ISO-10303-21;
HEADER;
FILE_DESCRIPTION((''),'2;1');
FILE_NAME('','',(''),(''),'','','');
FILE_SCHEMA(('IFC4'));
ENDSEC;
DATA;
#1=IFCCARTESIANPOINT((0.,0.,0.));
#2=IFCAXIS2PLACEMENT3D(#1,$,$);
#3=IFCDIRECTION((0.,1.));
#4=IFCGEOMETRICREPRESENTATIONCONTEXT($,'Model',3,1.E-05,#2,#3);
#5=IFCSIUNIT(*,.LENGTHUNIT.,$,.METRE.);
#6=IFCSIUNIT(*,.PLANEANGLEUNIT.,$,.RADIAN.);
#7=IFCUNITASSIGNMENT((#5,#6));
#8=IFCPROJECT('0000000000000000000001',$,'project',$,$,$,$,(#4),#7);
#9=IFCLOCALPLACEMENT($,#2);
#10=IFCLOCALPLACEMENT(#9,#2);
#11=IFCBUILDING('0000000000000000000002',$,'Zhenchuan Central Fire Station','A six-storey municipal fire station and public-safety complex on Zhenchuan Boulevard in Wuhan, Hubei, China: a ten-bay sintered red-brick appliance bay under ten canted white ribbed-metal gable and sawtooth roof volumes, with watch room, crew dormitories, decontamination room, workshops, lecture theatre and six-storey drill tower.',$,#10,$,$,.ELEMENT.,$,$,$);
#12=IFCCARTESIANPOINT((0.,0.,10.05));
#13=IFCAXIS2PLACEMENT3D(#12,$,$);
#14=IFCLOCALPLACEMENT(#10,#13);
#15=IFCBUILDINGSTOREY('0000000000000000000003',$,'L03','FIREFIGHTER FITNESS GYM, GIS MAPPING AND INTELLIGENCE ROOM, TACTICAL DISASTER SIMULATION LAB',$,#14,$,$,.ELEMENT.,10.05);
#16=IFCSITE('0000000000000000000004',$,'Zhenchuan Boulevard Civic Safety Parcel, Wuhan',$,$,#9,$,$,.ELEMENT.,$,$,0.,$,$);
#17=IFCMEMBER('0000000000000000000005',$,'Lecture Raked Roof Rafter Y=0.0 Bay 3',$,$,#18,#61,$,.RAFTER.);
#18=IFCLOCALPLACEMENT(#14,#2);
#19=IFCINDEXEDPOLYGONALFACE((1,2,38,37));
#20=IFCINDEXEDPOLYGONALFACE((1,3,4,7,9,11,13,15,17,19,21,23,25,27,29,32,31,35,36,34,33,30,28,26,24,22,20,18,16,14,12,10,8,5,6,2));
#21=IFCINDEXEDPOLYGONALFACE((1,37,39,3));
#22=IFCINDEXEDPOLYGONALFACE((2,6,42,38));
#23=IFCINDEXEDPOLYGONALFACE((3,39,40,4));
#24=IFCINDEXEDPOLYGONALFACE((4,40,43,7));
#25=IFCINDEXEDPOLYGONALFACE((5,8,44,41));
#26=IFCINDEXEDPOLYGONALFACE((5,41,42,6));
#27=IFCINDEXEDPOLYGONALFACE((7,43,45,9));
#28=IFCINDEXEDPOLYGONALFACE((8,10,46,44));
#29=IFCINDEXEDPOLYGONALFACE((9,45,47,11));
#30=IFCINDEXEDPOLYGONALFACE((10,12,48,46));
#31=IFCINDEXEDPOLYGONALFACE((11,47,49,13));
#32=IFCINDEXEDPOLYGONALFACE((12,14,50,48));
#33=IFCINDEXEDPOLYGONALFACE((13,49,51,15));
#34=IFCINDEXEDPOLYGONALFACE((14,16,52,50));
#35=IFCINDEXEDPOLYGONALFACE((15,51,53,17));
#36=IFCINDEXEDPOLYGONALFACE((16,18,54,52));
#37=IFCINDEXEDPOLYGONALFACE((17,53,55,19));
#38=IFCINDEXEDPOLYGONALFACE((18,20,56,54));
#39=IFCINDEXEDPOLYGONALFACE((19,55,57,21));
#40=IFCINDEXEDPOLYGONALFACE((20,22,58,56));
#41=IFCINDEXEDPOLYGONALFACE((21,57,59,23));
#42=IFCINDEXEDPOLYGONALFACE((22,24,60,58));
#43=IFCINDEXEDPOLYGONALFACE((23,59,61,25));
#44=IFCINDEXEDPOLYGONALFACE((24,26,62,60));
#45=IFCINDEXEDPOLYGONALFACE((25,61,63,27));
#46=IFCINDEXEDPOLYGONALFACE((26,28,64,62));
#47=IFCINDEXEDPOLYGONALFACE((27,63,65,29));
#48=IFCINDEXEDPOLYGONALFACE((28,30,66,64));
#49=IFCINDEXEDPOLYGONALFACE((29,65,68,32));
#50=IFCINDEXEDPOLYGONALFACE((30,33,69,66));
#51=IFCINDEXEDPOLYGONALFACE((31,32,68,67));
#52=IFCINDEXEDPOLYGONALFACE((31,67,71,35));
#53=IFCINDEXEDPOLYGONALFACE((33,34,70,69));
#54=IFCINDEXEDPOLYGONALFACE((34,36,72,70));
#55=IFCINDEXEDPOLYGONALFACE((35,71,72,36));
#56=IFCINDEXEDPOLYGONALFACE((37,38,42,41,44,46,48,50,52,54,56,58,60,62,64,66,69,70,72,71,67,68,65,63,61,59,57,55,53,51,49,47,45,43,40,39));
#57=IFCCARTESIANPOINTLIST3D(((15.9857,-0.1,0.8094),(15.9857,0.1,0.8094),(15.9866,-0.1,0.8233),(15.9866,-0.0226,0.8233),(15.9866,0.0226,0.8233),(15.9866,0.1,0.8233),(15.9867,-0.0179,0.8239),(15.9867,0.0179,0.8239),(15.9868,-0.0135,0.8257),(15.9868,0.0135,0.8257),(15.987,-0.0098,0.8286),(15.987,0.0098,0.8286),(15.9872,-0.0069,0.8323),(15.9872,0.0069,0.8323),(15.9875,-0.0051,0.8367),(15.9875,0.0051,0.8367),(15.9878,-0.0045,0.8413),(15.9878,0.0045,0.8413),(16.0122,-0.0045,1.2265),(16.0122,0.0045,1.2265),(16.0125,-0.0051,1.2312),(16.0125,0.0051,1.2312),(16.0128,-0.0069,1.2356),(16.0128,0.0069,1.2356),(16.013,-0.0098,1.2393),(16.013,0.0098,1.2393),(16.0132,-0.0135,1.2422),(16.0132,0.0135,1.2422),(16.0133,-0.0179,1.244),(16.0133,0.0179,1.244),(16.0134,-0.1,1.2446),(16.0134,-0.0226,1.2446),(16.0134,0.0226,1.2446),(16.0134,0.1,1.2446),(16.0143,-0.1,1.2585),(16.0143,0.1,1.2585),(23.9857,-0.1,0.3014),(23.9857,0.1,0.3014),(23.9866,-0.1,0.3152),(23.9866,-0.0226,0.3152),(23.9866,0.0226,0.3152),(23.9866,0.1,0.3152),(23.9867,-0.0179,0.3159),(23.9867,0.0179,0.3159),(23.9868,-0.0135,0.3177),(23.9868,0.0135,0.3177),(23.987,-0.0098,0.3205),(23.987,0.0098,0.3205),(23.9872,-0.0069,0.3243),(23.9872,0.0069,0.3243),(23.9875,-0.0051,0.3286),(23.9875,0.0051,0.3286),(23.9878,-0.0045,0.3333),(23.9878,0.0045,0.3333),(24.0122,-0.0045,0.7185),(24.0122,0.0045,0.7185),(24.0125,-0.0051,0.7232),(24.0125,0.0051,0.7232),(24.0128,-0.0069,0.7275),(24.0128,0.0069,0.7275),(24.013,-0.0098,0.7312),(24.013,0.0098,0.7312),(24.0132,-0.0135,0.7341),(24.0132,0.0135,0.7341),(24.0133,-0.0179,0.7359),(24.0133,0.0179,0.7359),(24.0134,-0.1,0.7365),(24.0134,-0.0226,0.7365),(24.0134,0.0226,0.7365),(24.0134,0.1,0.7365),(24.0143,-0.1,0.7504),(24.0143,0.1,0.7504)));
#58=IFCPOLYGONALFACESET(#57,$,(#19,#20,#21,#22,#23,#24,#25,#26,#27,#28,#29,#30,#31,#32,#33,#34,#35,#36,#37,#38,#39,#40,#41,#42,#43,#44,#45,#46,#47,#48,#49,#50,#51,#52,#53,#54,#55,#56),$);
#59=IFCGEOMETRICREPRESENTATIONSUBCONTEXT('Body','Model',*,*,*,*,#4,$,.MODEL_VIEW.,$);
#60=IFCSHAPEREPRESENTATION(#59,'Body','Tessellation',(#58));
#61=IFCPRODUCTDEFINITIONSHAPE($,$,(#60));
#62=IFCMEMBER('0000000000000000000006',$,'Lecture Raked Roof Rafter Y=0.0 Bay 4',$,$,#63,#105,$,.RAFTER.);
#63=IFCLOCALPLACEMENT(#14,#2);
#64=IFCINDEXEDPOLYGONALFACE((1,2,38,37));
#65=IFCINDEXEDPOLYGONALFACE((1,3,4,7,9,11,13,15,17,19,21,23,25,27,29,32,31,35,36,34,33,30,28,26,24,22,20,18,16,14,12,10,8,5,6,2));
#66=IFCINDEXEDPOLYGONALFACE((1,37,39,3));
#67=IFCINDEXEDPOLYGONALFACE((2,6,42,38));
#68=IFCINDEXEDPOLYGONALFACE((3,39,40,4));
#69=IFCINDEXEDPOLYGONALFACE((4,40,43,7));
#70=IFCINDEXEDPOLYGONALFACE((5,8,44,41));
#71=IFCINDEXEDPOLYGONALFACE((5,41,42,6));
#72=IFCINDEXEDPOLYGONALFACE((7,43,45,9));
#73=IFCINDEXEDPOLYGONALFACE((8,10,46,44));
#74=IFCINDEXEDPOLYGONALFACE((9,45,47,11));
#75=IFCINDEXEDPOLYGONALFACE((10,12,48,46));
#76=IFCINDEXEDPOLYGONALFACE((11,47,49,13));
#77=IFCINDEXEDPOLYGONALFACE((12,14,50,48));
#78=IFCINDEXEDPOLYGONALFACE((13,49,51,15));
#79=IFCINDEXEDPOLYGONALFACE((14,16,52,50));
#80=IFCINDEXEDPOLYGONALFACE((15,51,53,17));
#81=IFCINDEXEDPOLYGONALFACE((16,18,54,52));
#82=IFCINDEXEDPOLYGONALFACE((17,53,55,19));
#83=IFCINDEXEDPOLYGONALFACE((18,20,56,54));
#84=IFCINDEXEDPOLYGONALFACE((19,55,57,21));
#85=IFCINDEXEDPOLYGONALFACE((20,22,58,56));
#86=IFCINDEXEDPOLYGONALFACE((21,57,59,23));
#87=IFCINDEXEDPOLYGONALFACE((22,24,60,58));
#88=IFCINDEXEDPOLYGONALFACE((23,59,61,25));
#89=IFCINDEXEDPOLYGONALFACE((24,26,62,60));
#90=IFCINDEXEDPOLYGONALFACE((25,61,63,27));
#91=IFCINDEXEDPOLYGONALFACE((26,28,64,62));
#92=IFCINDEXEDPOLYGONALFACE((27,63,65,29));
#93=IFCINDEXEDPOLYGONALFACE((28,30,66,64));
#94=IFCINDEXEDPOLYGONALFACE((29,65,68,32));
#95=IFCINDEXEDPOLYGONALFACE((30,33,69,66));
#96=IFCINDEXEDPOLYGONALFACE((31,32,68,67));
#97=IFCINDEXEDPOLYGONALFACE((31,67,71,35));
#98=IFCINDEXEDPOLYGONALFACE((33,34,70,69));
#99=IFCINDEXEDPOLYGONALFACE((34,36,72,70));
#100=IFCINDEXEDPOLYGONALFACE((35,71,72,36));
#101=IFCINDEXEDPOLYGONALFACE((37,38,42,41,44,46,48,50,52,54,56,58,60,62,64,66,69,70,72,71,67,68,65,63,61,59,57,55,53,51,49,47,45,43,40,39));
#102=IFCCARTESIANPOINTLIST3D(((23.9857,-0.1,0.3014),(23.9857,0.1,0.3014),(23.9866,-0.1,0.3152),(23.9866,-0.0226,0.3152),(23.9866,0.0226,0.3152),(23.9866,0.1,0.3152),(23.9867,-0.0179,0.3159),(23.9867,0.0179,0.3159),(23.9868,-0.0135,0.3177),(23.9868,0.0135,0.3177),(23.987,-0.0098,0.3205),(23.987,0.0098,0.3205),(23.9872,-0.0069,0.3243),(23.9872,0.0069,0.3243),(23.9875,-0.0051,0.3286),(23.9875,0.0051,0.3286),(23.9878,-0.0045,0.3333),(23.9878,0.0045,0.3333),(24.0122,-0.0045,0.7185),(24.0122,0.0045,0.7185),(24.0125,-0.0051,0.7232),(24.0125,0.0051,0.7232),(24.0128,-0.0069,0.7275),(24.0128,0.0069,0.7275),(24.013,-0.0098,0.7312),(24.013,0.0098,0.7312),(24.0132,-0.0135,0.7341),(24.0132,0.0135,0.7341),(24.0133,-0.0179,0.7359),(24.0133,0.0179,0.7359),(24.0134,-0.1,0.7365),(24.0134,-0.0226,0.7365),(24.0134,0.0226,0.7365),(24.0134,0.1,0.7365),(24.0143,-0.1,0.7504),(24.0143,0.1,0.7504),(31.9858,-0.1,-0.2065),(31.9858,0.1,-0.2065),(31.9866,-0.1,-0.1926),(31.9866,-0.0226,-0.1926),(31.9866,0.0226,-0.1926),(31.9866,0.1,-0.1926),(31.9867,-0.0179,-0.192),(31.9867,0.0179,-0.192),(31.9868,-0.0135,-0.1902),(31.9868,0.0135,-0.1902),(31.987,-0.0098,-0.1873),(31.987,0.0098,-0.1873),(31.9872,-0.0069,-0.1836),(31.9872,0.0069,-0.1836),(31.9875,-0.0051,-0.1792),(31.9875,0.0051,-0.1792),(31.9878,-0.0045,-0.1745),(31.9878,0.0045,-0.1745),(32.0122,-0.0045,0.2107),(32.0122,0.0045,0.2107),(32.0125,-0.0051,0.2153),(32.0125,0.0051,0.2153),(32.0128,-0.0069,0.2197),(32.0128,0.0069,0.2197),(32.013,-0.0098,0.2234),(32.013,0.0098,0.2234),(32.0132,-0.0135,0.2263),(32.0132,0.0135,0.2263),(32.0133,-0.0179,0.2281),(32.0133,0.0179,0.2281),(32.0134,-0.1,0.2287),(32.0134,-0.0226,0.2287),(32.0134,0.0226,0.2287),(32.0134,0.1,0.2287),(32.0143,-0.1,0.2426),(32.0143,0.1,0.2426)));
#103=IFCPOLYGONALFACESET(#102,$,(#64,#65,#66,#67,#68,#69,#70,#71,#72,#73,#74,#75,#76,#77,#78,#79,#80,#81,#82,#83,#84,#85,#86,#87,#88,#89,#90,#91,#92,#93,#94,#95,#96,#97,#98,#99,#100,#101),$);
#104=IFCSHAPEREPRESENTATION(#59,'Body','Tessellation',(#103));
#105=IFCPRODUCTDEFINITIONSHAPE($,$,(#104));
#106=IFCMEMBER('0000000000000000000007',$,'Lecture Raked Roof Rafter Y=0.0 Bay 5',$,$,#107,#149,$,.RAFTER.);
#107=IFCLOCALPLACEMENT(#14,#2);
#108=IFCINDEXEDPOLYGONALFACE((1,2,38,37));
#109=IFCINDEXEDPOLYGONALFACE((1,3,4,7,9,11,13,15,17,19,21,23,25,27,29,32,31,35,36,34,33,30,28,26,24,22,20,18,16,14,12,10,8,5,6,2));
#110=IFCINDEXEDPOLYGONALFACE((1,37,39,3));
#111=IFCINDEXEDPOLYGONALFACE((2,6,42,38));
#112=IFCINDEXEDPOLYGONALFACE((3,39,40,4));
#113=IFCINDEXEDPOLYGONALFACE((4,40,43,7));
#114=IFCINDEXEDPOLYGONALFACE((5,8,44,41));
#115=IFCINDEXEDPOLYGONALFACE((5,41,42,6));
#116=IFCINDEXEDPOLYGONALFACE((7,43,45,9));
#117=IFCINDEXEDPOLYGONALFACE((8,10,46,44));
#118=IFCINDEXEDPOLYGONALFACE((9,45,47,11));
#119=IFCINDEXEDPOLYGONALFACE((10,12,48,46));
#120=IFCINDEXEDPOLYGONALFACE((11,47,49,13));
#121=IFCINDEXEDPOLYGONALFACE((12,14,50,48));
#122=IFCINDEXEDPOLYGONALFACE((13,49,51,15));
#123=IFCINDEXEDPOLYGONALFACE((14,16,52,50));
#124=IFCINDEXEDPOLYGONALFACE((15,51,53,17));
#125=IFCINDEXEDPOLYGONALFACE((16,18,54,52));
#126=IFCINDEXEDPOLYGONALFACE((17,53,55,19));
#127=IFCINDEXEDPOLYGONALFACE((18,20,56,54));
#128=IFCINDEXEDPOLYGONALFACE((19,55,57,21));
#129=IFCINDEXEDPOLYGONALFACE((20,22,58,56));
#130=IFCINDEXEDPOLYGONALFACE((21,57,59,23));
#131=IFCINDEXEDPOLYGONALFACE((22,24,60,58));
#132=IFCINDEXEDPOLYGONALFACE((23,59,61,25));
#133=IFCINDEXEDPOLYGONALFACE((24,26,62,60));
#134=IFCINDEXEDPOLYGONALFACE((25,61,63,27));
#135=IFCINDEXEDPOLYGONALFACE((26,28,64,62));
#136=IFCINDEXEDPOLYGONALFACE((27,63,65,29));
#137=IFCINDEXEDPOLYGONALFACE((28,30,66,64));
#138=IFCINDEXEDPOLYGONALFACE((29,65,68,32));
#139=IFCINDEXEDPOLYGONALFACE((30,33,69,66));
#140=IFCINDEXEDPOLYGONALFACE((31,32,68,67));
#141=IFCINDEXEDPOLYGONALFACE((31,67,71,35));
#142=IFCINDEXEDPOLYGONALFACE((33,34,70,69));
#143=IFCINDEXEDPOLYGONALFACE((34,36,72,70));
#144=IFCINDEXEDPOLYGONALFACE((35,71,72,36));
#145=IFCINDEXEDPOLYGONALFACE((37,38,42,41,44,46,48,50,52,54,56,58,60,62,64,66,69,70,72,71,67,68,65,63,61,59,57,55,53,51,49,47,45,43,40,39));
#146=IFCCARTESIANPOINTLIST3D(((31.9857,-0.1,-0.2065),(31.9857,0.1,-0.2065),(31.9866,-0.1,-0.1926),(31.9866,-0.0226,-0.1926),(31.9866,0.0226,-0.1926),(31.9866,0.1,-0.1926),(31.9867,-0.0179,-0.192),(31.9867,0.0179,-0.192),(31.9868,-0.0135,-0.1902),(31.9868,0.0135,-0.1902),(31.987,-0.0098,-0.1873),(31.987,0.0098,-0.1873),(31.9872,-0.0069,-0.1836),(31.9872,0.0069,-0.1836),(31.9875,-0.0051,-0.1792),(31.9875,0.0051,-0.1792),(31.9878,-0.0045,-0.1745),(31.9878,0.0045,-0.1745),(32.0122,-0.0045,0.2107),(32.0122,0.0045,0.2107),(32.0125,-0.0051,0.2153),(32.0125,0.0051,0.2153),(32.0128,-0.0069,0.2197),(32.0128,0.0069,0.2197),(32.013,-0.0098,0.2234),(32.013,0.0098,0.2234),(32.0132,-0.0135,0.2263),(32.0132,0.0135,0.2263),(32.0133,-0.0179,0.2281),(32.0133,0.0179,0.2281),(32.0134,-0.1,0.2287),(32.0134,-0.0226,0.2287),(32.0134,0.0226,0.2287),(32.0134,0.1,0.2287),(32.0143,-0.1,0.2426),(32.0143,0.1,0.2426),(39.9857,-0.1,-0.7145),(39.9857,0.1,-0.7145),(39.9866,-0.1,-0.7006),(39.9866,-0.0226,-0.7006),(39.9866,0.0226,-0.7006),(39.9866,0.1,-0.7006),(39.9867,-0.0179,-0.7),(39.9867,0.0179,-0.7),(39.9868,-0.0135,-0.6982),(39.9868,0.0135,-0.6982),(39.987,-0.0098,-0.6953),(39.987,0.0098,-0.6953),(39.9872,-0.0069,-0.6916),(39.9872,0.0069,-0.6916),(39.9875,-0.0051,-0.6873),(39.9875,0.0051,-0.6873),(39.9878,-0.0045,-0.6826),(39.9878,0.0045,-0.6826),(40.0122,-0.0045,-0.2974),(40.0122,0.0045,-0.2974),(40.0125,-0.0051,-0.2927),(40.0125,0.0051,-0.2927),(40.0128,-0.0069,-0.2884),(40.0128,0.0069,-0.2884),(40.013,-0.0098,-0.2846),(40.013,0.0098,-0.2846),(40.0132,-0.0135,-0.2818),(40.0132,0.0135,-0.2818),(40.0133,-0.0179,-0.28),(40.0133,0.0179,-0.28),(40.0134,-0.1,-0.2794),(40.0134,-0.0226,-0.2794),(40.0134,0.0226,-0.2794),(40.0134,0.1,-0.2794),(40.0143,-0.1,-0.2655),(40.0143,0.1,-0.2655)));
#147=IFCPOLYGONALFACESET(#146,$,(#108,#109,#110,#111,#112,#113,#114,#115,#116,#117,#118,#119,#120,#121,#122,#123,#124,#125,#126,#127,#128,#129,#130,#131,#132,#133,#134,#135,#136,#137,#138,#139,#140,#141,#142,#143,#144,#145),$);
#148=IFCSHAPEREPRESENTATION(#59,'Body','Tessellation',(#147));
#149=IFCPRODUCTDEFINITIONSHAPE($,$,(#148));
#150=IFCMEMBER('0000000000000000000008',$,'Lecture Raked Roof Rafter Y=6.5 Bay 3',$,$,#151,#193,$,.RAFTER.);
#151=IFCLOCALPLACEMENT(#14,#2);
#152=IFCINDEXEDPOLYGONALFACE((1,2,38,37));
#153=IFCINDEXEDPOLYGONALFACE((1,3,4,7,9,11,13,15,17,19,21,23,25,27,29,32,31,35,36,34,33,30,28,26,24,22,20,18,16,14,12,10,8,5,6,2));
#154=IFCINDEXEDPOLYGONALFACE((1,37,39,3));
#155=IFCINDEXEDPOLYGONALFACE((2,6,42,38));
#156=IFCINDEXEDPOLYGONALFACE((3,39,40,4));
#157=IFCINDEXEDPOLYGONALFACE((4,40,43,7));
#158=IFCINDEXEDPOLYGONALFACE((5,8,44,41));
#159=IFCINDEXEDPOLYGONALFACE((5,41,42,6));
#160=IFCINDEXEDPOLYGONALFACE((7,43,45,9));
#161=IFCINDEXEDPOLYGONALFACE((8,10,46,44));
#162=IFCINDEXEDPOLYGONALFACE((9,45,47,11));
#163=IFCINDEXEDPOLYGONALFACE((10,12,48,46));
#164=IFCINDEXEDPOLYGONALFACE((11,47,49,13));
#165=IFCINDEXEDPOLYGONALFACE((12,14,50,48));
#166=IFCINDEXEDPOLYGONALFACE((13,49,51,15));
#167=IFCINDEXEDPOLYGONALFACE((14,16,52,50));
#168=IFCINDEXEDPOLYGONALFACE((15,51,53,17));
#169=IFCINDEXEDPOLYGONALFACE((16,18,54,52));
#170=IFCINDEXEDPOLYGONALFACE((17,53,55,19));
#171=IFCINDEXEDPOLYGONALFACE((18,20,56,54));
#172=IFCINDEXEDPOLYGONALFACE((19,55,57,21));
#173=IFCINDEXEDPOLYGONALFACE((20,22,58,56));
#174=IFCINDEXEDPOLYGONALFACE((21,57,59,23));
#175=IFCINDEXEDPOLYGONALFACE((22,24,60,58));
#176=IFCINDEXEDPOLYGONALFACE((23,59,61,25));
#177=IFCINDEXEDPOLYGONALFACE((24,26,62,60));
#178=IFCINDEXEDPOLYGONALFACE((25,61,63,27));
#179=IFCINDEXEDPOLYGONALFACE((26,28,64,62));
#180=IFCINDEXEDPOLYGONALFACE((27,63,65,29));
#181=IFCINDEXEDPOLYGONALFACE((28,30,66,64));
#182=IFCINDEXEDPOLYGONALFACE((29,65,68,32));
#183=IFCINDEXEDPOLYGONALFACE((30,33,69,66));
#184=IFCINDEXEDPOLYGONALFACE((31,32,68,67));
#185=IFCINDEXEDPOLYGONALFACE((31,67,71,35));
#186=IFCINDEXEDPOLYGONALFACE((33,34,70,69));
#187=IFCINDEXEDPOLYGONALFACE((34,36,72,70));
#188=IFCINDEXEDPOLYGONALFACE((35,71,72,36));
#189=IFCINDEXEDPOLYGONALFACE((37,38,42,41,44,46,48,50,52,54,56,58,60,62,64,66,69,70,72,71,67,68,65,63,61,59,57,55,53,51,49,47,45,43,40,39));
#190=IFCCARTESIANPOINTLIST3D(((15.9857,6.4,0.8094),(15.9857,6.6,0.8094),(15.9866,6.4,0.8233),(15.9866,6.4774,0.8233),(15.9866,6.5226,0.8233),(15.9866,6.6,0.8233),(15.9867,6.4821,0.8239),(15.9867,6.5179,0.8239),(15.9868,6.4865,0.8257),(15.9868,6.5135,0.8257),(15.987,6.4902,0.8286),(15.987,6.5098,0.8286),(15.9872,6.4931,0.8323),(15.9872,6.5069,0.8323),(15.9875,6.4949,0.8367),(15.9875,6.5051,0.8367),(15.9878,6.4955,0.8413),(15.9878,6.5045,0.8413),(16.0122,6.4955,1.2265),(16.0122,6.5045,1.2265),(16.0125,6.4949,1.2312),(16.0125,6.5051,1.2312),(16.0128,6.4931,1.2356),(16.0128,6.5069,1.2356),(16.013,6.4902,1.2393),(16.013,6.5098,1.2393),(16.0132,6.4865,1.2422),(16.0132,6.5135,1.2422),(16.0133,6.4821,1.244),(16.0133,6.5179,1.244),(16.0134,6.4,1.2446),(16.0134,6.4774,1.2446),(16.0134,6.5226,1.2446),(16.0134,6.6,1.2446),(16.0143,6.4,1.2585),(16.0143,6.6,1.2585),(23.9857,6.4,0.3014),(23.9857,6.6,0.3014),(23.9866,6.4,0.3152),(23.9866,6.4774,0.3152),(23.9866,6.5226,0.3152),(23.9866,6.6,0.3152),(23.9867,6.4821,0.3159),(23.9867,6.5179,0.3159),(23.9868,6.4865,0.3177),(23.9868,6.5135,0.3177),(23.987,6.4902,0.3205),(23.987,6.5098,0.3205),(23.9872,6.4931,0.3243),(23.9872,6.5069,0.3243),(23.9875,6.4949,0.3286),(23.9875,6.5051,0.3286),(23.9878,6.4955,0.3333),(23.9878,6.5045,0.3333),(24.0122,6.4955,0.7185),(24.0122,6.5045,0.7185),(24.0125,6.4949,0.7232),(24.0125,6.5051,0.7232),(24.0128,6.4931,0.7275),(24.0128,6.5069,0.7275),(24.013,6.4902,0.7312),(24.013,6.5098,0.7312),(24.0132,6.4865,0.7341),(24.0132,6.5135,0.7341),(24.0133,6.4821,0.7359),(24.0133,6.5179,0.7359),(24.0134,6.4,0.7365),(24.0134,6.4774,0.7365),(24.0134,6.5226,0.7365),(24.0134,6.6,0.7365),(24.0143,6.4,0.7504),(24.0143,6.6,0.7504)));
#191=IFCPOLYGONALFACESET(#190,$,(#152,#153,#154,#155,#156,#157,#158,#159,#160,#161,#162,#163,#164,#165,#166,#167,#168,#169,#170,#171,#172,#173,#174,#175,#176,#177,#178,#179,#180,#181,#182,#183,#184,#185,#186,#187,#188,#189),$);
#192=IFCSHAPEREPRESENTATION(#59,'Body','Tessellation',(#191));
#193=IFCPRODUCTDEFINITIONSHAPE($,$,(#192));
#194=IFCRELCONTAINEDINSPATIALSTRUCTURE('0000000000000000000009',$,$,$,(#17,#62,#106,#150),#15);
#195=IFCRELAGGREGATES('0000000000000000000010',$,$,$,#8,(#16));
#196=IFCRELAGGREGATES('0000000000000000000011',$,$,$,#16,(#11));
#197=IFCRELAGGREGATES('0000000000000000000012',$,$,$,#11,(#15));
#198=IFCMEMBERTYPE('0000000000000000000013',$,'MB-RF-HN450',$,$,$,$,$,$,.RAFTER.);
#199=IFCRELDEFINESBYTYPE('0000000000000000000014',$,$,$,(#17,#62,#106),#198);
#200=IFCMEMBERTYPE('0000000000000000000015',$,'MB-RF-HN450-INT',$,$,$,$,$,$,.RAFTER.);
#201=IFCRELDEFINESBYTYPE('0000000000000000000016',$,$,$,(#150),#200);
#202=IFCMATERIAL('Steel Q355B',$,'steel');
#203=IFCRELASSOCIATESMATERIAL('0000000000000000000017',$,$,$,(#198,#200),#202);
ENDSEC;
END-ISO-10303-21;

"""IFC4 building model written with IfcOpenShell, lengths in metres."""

from ifc_helpers import new_model, si_unit, direction, frame, origin, origin_2d, place, context, subcontext, project, spatial, i_section, extrude, material, material_profile, profile_set, type_object, element, save


model = new_model("IFC4")

# Units and contexts
model_context = context("Model", 3, precision=1e-05, world=origin(), true_north=direction((0.0, 1.0)))
body_context = subcontext(model_context, "Body", "Model", "MODEL_VIEW")
ifc_project = project(units=[si_unit("LENGTHUNIT", "METRE"), si_unit("PLANEANGLEUNIT", "RADIAN")], contexts=[model_context])

# Site, building, storey
site_placement = place(None, origin())
site = spatial("IfcSite", under=ifc_project, at=site_placement, Name="Zhenchuan Boulevard Civic Safety Parcel, Wuhan", CompositionType="ELEMENT", RefElevation=0.0)
building_placement = place(site_placement, origin())
building = spatial("IfcBuilding", under=site, at=building_placement, Name="Zhenchuan Central Fire Station", Description="A six-storey municipal fire station and public-safety complex on Zhenchuan Boulevard in Wuhan, Hubei, China: a ten-bay sintered red-brick appliance bay under ten canted white ribbed-metal gable and sawtooth roof volumes, with watch room, crew dormitories, decontamination room, workshops, lecture theatre and six-storey drill tower.", CompositionType="ELEMENT")
storey_placement = place(building_placement, frame((0.0, 0.0, 10.05)))
storey = spatial("IfcBuildingStorey", under=building, at=storey_placement, Name="L03", Description="FIREFIGHTER FITNESS GYM, GIS MAPPING AND INTELLIGENCE ROOM, TACTICAL DISASTER SIMULATION LAB", CompositionType="ELEMENT", Elevation=10.05)

# Shared definitions
ifc_material = material(Name="Steel Q355B", Category="steel")

# Members
ifc_material_profile_1 = material_profile(ifc_material, i_section(OverallWidth=0.2, OverallDepth=0.45, WebThickness=0.009, FlangeThickness=0.0139, FilletRadius=0.0181, at=origin_2d()), Name="HN 450x200")
ifc_profile_set_1 = profile_set([ifc_material_profile_1], Name="Steel Q355B")
member_type_1 = type_object("IfcMemberType", Name="MB-RF-HN450", PredefinedType="RAFTER", material=ifc_profile_set_1)
for number, where, z_axis, x_axis, name in (
    (1, (16.0, 0.0, 1.0339), (0.99799, 0.0, -0.063379), (0.0, 1.0, 0.0), "Lecture Raked Roof Rafter Y=0.0 Bay 3"),
    (2, (24.0, 0.0, 0.5259), (0.997991, 0.0, -0.063349), (0.0, 1.0, 0.0), "Lecture Raked Roof Rafter Y=0.0 Bay 4"),
    (3, (32.0, 0.0, 0.0181), (0.99799, 0.0, -0.063379), (0.0, 1.0, 0.0), "Lecture Raked Roof Rafter Y=0.0 Bay 5"),
):
    element("IfcMember", number, at=place(storey_placement, frame(where, z_axis=z_axis, x_axis=x_axis)), inside=storey, type_object=member_type_1, Name=name, PredefinedType="RAFTER", context=body_context, shape_type="SweptSolid", body=[
        extrude(i_section(OverallWidth=0.2, OverallDepth=0.45, WebThickness=0.009, FlangeThickness=0.0139, FilletRadius=0.0181, at=origin_2d()), origin(), (0.0, 0.0, 1.0), 8.0161),
    ])
ifc_material_profile_2 = material_profile(ifc_material, i_section(OverallWidth=0.2, OverallDepth=0.45, WebThickness=0.009, FlangeThickness=0.0139, FilletRadius=0.0181, at=origin_2d()), Name="HN 450x200")
ifc_profile_set_2 = profile_set([ifc_material_profile_2], Name="Steel Q355B")
member_type_2 = type_object("IfcMemberType", Name="MB-RF-HN450-INT", PredefinedType="RAFTER", material=ifc_profile_set_2)
for number, where, z_axis, x_axis, name in (
    (4, (16.0, 6.5, 1.0339), (0.99799, 0.0, -0.063379), (0.0, 1.0, 0.0), "Lecture Raked Roof Rafter Y=6.5 Bay 3"),
):
    element("IfcMember", number, at=place(storey_placement, frame(where, z_axis=z_axis, x_axis=x_axis)), inside=storey, type_object=member_type_2, Name=name, PredefinedType="RAFTER", context=body_context, shape_type="SweptSolid", body=[
        extrude(i_section(OverallWidth=0.2, OverallDepth=0.45, WebThickness=0.009, FlangeThickness=0.0139, FilletRadius=0.0181, at=origin_2d()), origin(), (0.0, 0.0, 1.0), 8.0161),
    ])

save(model, "model.ifc")
